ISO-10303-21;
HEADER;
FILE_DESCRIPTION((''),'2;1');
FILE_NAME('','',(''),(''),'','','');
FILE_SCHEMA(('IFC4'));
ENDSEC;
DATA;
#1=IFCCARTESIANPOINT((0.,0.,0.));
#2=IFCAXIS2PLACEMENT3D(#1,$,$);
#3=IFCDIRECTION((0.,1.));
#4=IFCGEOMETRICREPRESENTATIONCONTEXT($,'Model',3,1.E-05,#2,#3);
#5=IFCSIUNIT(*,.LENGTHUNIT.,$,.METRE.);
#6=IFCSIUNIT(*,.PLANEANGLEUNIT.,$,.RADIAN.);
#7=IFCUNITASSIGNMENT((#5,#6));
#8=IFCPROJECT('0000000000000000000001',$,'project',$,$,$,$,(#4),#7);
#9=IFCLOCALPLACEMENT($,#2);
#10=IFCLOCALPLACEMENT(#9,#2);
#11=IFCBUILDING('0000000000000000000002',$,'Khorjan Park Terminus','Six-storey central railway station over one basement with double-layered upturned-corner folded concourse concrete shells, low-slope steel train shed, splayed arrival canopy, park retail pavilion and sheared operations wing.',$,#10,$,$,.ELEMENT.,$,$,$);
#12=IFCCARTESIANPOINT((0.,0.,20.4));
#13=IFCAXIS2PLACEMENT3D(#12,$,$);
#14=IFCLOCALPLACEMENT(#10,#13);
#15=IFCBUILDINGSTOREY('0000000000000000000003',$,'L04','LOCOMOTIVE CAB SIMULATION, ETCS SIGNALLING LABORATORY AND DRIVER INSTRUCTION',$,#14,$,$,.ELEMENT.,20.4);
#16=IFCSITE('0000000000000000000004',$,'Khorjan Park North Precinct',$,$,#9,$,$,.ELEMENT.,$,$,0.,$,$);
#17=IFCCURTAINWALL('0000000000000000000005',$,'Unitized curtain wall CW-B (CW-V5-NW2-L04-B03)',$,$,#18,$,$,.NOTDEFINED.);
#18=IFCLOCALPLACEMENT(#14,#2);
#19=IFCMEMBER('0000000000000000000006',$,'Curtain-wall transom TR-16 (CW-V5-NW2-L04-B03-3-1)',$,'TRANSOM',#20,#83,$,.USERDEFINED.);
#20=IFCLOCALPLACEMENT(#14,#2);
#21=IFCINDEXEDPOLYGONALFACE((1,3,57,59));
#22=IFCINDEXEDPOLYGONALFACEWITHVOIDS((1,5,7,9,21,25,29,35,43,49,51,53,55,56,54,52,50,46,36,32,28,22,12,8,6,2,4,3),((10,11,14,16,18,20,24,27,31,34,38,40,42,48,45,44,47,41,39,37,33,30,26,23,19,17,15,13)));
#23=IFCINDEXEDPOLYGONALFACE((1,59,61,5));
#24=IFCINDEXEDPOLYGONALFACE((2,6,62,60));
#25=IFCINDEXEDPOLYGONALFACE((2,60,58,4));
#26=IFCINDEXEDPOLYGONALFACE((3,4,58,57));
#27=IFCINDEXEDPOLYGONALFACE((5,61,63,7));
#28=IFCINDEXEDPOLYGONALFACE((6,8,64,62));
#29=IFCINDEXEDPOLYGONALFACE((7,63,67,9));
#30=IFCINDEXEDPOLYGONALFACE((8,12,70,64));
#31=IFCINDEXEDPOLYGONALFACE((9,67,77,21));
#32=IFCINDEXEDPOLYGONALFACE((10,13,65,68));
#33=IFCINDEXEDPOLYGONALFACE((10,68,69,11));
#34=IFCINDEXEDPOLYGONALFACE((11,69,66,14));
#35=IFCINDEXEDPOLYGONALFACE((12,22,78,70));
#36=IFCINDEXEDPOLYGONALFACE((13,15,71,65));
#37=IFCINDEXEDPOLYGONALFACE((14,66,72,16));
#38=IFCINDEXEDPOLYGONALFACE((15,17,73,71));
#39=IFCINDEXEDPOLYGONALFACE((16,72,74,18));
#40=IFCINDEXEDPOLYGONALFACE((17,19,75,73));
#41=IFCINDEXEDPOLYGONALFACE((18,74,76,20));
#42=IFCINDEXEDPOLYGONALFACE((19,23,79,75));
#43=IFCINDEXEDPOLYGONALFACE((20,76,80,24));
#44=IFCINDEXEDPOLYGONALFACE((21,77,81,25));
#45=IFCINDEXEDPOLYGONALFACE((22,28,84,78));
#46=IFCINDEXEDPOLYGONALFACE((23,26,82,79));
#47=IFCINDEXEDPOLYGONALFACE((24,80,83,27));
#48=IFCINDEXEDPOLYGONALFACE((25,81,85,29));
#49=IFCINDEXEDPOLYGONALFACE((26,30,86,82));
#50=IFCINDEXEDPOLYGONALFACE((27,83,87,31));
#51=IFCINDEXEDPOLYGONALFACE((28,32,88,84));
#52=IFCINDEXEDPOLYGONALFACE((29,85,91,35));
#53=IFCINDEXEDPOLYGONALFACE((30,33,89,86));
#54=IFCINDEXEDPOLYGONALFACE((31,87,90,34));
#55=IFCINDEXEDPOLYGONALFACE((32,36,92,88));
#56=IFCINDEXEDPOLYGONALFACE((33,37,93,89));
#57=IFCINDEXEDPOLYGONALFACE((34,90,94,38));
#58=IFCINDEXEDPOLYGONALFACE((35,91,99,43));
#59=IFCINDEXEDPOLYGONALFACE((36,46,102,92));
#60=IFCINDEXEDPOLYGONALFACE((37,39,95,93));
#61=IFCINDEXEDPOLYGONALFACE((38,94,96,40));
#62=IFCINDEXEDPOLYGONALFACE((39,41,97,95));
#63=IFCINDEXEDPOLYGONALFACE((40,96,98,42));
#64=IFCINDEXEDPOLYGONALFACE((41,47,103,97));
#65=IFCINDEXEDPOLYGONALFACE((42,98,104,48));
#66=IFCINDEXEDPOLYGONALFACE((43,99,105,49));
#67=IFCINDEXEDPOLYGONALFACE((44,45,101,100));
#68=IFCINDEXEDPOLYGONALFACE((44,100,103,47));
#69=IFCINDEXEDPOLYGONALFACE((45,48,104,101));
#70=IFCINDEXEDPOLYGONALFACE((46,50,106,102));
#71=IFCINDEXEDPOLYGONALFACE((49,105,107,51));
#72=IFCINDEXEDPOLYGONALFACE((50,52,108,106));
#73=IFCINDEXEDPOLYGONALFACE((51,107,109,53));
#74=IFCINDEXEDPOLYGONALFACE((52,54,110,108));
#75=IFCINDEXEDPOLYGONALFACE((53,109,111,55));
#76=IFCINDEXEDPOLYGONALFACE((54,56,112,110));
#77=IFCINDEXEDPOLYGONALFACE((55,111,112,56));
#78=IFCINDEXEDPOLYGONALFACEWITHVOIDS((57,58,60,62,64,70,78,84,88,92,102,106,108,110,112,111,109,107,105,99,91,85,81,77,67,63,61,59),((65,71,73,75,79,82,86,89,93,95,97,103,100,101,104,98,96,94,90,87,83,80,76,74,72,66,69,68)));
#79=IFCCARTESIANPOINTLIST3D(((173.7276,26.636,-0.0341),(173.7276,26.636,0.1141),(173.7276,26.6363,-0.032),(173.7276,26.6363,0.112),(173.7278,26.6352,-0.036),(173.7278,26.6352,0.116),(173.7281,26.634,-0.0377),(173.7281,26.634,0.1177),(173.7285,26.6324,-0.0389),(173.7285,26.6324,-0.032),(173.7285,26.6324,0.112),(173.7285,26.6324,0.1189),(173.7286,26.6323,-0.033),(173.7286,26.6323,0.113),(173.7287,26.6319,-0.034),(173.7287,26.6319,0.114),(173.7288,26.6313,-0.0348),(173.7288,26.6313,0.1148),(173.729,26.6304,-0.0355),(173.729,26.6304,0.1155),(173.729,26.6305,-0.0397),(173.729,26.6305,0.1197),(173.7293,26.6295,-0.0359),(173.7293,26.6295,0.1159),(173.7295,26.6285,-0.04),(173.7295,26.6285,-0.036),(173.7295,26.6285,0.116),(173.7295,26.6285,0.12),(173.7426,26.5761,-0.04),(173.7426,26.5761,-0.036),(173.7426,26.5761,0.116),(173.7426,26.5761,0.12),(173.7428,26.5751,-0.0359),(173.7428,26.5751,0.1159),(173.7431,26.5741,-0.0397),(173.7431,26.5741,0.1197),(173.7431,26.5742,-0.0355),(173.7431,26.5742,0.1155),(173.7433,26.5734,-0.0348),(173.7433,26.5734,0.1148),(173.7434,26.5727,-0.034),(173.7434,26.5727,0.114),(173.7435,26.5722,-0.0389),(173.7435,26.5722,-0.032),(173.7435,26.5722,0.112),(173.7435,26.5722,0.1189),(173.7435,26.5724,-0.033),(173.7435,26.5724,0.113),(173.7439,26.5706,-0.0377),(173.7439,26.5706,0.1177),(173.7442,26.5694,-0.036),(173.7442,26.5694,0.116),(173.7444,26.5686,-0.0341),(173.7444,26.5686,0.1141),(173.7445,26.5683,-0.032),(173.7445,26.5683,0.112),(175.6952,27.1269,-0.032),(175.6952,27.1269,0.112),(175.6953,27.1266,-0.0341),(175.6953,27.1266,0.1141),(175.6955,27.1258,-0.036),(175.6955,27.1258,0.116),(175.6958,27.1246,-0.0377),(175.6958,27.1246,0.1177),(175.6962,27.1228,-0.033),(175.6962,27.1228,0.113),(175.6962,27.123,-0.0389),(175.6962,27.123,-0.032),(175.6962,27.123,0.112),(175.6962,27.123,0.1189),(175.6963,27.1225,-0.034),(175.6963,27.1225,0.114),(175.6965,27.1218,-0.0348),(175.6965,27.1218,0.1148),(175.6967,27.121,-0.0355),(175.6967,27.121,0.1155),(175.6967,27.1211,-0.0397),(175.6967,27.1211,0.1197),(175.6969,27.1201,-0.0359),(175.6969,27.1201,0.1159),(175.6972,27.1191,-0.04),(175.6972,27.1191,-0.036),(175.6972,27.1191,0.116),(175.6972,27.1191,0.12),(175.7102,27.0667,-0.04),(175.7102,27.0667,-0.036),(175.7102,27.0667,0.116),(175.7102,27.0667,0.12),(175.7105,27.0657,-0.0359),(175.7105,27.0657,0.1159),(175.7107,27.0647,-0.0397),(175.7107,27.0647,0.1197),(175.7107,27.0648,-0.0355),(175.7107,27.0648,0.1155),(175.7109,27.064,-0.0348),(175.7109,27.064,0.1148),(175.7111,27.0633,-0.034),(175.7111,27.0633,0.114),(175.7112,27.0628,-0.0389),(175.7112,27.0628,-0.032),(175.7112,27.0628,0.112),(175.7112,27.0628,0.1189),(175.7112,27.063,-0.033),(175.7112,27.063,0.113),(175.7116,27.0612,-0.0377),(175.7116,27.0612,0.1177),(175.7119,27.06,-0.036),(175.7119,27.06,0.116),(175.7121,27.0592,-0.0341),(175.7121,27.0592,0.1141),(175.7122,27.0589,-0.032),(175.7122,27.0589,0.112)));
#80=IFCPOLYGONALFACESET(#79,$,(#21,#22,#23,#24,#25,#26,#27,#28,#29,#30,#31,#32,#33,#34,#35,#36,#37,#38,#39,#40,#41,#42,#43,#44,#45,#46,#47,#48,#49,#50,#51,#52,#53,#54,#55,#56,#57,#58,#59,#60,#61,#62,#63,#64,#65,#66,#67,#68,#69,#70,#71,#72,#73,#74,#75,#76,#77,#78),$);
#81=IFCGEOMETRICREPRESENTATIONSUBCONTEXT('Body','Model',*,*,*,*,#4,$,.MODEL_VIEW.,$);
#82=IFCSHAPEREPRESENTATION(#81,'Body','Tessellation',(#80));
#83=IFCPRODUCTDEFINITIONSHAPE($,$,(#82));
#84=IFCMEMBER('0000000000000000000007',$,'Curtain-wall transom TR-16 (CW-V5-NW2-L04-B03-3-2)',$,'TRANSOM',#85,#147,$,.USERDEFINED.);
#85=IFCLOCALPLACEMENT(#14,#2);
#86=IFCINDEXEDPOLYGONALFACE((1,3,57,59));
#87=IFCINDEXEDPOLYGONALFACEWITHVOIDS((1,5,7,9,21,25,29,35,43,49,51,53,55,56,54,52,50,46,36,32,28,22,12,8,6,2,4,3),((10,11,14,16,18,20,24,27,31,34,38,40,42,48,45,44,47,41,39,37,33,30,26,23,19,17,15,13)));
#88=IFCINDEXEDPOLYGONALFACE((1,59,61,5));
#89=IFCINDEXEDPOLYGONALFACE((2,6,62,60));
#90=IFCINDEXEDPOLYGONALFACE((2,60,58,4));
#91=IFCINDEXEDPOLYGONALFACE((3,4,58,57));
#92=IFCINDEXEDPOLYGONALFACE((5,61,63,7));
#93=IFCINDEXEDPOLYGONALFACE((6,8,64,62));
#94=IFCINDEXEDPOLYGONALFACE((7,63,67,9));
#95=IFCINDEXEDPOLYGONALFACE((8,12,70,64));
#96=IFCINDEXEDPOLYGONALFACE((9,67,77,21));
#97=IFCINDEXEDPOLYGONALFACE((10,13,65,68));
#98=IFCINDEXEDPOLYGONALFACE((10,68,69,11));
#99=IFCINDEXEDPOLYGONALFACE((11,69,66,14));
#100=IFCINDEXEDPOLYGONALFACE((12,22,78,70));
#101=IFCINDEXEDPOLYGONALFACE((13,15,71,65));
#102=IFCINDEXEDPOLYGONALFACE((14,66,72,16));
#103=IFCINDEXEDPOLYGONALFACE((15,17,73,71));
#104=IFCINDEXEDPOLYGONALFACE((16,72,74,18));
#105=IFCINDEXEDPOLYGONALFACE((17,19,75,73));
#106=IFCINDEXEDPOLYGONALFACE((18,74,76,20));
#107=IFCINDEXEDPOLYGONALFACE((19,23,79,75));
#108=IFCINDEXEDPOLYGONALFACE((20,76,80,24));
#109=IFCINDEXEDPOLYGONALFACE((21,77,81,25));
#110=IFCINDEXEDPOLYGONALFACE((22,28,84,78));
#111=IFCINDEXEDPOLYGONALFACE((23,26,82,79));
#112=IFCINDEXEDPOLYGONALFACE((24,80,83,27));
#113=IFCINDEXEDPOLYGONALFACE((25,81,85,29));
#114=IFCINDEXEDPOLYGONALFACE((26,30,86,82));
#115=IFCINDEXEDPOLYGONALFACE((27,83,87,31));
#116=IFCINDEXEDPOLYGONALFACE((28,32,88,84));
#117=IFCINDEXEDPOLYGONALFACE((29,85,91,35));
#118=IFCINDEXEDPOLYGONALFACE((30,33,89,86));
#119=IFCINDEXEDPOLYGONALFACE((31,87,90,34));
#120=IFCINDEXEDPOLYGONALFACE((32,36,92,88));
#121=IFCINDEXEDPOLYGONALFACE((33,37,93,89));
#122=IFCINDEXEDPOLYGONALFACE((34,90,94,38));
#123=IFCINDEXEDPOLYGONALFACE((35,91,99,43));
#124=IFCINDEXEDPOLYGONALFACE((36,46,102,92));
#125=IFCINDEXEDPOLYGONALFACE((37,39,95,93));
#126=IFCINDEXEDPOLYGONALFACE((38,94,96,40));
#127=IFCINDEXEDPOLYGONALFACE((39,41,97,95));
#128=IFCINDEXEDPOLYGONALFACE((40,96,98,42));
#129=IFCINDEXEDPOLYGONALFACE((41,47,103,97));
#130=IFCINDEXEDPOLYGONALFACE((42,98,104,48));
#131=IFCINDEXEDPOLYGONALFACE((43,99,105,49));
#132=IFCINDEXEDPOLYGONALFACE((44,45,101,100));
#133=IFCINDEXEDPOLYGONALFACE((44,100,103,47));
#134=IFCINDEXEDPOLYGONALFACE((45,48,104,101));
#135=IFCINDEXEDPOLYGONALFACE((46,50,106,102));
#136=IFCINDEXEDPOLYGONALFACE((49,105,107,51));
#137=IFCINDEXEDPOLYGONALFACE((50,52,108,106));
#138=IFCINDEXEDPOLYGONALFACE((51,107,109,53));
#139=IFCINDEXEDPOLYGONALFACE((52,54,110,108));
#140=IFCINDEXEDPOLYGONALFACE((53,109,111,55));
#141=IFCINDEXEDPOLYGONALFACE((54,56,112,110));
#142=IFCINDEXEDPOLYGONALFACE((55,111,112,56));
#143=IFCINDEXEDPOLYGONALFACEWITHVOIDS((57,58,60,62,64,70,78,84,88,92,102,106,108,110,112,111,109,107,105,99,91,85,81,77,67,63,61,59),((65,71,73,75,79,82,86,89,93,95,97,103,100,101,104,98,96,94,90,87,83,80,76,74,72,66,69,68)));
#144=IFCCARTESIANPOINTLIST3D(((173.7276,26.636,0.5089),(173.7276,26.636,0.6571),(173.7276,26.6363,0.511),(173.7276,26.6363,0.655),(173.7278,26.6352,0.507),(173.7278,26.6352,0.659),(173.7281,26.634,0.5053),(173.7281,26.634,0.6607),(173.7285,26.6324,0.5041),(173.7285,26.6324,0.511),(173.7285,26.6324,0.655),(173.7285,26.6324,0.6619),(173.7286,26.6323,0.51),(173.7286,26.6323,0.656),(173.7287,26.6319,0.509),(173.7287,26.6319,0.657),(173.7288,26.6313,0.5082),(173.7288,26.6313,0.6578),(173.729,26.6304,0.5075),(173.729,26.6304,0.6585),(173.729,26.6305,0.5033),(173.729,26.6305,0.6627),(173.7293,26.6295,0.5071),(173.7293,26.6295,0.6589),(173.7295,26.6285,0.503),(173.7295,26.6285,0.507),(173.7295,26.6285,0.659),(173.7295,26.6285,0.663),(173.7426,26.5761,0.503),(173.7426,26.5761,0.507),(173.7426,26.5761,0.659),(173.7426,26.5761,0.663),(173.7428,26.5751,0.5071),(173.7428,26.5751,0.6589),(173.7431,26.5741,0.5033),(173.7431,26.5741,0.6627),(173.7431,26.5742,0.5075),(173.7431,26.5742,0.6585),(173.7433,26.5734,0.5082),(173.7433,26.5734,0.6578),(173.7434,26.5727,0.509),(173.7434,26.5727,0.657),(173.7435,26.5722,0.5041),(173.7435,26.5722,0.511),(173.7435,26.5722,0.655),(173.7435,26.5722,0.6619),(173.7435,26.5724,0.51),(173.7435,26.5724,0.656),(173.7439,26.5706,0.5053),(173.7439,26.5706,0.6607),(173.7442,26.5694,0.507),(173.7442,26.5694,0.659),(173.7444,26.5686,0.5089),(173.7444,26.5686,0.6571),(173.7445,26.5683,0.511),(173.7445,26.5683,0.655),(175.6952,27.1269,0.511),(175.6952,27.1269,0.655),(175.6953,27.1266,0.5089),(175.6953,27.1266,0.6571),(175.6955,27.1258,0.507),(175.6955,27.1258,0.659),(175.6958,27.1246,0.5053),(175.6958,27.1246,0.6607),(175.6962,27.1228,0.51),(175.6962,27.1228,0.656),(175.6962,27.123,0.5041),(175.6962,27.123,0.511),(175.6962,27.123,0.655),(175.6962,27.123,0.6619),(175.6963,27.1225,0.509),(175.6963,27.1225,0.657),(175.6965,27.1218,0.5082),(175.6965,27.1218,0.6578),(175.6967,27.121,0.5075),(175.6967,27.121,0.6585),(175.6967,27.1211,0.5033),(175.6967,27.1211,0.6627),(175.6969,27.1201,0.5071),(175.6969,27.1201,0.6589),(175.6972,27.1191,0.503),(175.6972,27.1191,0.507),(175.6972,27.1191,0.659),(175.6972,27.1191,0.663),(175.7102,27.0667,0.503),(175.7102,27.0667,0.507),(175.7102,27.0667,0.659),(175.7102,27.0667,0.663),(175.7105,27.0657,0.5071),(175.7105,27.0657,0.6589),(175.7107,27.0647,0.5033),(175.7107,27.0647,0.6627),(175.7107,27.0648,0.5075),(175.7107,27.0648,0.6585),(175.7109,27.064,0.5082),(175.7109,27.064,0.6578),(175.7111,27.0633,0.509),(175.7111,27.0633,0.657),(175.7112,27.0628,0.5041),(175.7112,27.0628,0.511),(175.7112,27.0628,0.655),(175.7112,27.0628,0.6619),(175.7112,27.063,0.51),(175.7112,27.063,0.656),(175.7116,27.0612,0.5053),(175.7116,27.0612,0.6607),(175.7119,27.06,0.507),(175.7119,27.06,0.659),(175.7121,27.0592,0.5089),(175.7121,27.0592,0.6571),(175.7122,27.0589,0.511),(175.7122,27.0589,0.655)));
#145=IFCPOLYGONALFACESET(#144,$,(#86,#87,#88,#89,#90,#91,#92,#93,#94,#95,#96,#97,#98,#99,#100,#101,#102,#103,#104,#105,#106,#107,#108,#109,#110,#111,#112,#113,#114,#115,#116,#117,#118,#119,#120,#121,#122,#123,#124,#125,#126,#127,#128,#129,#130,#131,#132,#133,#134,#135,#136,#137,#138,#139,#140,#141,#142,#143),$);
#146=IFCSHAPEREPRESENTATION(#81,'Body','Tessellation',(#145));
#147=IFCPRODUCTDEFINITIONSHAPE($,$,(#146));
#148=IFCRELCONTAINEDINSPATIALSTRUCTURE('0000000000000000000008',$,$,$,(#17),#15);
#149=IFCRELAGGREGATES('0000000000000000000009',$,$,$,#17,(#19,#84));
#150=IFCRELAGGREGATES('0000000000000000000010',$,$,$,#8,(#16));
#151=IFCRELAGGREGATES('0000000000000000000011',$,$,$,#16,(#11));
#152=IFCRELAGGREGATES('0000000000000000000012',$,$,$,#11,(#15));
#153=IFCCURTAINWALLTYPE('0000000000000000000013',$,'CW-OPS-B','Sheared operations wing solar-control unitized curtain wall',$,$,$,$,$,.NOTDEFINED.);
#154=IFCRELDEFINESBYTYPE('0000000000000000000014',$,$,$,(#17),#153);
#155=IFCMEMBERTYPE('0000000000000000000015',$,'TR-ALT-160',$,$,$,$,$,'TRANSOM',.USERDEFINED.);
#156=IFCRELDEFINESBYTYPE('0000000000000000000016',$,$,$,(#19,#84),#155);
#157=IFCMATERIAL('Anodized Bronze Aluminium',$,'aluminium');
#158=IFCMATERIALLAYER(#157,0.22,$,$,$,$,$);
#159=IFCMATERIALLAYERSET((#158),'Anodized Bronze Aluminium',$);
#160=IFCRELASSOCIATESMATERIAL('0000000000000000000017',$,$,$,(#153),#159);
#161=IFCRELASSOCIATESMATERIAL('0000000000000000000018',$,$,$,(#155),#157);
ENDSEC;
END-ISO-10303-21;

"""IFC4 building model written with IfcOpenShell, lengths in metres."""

from ifc_helpers import new_model, si_unit, direction, frame, origin, origin_2d, place, context, subcontext, project, spatial, hollow_rectangle, extrude, material, layer, layer_set, material_profile, profile_set, type_object, element, aggregate, save


model = new_model("IFC4")

# Units and contexts
model_context = context("Model", 3, precision=1e-05, world=origin(), true_north=direction((0.0, 1.0)))
body_context = subcontext(model_context, "Body", "Model", "MODEL_VIEW")
ifc_project = project(units=[si_unit("LENGTHUNIT", "METRE"), si_unit("PLANEANGLEUNIT", "RADIAN")], contexts=[model_context])

# Site, building, storey
site_placement = place(None, origin())
site = spatial("IfcSite", under=ifc_project, at=site_placement, Name="Khorjan Park North Precinct", CompositionType="ELEMENT", RefElevation=0.0)
building_placement = place(site_placement, origin())
building = spatial("IfcBuilding", under=site, at=building_placement, Name="Khorjan Park Terminus", Description="Six-storey central railway station over one basement with double-layered upturned-corner folded concourse concrete shells, low-slope steel train shed, splayed arrival canopy, park retail pavilion and sheared operations wing.", CompositionType="ELEMENT")
storey_placement = place(building_placement, frame((0.0, 0.0, 20.4)))
storey = spatial("IfcBuildingStorey", under=building, at=storey_placement, Name="L04", Description="LOCOMOTIVE CAB SIMULATION, ETCS SIGNALLING LABORATORY AND DRIVER INSTRUCTION", CompositionType="ELEMENT", Elevation=20.4)

# Curtain wall, members
ifc_material_1 = material(Name="Anodized Bronze Aluminium", Category="aluminium")
ifc_layer_1 = layer(ifc_material_1, 0.22)
ifc_layer_set_1 = layer_set([ifc_layer_1], Name="Anodized Bronze Aluminium")
curtain_wall_type = type_object("IfcCurtainWallType", Name="CW-OPS-B", Description="Sheared operations wing solar-control unitized curtain wall", PredefinedType="NOTDEFINED", material=ifc_layer_set_1)
curtain_wall_1_placement = place(storey_placement, origin())
curtain_wall_1 = element("IfcCurtainWall", 1, at=curtain_wall_1_placement, inside=storey, type_object=curtain_wall_type, Name="Unitized curtain wall CW-B (CW-V5-NW2-L04-B03)", PredefinedType="NOTDEFINED")
ifc_material_profile_1 = material_profile(ifc_material_1, hollow_rectangle(XDim=0.07, YDim=0.16, WallThickness=0.004, InnerFilletRadius=0.004, OuterFilletRadius=0.008, at=origin_2d()), Name="ALT 70x160x4")
ifc_profile_set_1 = profile_set([ifc_material_profile_1], Name="Anodized Bronze Aluminium")
member_type_1 = type_object("IfcMemberType", Name="TR-ALT-160", ElementType="TRANSOM", PredefinedType="USERDEFINED", material=ifc_profile_set_1)
member_1_placement = place(storey_placement, frame((175.7037, 27.0929, 0.04), z_axis=(-0.970296, -0.241921, 0.0), x_axis=(0.241921, -0.970296, 0.0)))
member_1 = element("IfcMember", 2, at=member_1_placement, type_object=member_type_1, Name="Curtain-wall transom TR-16 (CW-V5-NW2-L04-B03-3-1)", ObjectType="TRANSOM", PredefinedType="USERDEFINED", context=body_context, shape_type="SweptSolid", body=[
    extrude(hollow_rectangle(XDim=0.07, YDim=0.16, WallThickness=0.004, InnerFilletRadius=0.004, OuterFilletRadius=0.008, at=origin_2d()), origin(), (0.0, 0.0, 1.0), 2.0279),
])
member_2_placement = place(storey_placement, frame((175.7037, 27.0929, 0.583), z_axis=(-0.970296, -0.241921, 0.0), x_axis=(0.241921, -0.970296, 0.0)))
member_2 = element("IfcMember", 3, at=member_2_placement, type_object=member_type_1, Name="Curtain-wall transom TR-16 (CW-V5-NW2-L04-B03-3-2)", ObjectType="TRANSOM", PredefinedType="USERDEFINED", context=body_context, shape_type="SweptSolid", body=[
    extrude(hollow_rectangle(XDim=0.07, YDim=0.16, WallThickness=0.004, InnerFilletRadius=0.004, OuterFilletRadius=0.008, at=origin_2d()), origin(), (0.0, 0.0, 1.0), 2.0279),
])

aggregate(curtain_wall_1, [member_1, member_2])

save(model, "model.ifc")
